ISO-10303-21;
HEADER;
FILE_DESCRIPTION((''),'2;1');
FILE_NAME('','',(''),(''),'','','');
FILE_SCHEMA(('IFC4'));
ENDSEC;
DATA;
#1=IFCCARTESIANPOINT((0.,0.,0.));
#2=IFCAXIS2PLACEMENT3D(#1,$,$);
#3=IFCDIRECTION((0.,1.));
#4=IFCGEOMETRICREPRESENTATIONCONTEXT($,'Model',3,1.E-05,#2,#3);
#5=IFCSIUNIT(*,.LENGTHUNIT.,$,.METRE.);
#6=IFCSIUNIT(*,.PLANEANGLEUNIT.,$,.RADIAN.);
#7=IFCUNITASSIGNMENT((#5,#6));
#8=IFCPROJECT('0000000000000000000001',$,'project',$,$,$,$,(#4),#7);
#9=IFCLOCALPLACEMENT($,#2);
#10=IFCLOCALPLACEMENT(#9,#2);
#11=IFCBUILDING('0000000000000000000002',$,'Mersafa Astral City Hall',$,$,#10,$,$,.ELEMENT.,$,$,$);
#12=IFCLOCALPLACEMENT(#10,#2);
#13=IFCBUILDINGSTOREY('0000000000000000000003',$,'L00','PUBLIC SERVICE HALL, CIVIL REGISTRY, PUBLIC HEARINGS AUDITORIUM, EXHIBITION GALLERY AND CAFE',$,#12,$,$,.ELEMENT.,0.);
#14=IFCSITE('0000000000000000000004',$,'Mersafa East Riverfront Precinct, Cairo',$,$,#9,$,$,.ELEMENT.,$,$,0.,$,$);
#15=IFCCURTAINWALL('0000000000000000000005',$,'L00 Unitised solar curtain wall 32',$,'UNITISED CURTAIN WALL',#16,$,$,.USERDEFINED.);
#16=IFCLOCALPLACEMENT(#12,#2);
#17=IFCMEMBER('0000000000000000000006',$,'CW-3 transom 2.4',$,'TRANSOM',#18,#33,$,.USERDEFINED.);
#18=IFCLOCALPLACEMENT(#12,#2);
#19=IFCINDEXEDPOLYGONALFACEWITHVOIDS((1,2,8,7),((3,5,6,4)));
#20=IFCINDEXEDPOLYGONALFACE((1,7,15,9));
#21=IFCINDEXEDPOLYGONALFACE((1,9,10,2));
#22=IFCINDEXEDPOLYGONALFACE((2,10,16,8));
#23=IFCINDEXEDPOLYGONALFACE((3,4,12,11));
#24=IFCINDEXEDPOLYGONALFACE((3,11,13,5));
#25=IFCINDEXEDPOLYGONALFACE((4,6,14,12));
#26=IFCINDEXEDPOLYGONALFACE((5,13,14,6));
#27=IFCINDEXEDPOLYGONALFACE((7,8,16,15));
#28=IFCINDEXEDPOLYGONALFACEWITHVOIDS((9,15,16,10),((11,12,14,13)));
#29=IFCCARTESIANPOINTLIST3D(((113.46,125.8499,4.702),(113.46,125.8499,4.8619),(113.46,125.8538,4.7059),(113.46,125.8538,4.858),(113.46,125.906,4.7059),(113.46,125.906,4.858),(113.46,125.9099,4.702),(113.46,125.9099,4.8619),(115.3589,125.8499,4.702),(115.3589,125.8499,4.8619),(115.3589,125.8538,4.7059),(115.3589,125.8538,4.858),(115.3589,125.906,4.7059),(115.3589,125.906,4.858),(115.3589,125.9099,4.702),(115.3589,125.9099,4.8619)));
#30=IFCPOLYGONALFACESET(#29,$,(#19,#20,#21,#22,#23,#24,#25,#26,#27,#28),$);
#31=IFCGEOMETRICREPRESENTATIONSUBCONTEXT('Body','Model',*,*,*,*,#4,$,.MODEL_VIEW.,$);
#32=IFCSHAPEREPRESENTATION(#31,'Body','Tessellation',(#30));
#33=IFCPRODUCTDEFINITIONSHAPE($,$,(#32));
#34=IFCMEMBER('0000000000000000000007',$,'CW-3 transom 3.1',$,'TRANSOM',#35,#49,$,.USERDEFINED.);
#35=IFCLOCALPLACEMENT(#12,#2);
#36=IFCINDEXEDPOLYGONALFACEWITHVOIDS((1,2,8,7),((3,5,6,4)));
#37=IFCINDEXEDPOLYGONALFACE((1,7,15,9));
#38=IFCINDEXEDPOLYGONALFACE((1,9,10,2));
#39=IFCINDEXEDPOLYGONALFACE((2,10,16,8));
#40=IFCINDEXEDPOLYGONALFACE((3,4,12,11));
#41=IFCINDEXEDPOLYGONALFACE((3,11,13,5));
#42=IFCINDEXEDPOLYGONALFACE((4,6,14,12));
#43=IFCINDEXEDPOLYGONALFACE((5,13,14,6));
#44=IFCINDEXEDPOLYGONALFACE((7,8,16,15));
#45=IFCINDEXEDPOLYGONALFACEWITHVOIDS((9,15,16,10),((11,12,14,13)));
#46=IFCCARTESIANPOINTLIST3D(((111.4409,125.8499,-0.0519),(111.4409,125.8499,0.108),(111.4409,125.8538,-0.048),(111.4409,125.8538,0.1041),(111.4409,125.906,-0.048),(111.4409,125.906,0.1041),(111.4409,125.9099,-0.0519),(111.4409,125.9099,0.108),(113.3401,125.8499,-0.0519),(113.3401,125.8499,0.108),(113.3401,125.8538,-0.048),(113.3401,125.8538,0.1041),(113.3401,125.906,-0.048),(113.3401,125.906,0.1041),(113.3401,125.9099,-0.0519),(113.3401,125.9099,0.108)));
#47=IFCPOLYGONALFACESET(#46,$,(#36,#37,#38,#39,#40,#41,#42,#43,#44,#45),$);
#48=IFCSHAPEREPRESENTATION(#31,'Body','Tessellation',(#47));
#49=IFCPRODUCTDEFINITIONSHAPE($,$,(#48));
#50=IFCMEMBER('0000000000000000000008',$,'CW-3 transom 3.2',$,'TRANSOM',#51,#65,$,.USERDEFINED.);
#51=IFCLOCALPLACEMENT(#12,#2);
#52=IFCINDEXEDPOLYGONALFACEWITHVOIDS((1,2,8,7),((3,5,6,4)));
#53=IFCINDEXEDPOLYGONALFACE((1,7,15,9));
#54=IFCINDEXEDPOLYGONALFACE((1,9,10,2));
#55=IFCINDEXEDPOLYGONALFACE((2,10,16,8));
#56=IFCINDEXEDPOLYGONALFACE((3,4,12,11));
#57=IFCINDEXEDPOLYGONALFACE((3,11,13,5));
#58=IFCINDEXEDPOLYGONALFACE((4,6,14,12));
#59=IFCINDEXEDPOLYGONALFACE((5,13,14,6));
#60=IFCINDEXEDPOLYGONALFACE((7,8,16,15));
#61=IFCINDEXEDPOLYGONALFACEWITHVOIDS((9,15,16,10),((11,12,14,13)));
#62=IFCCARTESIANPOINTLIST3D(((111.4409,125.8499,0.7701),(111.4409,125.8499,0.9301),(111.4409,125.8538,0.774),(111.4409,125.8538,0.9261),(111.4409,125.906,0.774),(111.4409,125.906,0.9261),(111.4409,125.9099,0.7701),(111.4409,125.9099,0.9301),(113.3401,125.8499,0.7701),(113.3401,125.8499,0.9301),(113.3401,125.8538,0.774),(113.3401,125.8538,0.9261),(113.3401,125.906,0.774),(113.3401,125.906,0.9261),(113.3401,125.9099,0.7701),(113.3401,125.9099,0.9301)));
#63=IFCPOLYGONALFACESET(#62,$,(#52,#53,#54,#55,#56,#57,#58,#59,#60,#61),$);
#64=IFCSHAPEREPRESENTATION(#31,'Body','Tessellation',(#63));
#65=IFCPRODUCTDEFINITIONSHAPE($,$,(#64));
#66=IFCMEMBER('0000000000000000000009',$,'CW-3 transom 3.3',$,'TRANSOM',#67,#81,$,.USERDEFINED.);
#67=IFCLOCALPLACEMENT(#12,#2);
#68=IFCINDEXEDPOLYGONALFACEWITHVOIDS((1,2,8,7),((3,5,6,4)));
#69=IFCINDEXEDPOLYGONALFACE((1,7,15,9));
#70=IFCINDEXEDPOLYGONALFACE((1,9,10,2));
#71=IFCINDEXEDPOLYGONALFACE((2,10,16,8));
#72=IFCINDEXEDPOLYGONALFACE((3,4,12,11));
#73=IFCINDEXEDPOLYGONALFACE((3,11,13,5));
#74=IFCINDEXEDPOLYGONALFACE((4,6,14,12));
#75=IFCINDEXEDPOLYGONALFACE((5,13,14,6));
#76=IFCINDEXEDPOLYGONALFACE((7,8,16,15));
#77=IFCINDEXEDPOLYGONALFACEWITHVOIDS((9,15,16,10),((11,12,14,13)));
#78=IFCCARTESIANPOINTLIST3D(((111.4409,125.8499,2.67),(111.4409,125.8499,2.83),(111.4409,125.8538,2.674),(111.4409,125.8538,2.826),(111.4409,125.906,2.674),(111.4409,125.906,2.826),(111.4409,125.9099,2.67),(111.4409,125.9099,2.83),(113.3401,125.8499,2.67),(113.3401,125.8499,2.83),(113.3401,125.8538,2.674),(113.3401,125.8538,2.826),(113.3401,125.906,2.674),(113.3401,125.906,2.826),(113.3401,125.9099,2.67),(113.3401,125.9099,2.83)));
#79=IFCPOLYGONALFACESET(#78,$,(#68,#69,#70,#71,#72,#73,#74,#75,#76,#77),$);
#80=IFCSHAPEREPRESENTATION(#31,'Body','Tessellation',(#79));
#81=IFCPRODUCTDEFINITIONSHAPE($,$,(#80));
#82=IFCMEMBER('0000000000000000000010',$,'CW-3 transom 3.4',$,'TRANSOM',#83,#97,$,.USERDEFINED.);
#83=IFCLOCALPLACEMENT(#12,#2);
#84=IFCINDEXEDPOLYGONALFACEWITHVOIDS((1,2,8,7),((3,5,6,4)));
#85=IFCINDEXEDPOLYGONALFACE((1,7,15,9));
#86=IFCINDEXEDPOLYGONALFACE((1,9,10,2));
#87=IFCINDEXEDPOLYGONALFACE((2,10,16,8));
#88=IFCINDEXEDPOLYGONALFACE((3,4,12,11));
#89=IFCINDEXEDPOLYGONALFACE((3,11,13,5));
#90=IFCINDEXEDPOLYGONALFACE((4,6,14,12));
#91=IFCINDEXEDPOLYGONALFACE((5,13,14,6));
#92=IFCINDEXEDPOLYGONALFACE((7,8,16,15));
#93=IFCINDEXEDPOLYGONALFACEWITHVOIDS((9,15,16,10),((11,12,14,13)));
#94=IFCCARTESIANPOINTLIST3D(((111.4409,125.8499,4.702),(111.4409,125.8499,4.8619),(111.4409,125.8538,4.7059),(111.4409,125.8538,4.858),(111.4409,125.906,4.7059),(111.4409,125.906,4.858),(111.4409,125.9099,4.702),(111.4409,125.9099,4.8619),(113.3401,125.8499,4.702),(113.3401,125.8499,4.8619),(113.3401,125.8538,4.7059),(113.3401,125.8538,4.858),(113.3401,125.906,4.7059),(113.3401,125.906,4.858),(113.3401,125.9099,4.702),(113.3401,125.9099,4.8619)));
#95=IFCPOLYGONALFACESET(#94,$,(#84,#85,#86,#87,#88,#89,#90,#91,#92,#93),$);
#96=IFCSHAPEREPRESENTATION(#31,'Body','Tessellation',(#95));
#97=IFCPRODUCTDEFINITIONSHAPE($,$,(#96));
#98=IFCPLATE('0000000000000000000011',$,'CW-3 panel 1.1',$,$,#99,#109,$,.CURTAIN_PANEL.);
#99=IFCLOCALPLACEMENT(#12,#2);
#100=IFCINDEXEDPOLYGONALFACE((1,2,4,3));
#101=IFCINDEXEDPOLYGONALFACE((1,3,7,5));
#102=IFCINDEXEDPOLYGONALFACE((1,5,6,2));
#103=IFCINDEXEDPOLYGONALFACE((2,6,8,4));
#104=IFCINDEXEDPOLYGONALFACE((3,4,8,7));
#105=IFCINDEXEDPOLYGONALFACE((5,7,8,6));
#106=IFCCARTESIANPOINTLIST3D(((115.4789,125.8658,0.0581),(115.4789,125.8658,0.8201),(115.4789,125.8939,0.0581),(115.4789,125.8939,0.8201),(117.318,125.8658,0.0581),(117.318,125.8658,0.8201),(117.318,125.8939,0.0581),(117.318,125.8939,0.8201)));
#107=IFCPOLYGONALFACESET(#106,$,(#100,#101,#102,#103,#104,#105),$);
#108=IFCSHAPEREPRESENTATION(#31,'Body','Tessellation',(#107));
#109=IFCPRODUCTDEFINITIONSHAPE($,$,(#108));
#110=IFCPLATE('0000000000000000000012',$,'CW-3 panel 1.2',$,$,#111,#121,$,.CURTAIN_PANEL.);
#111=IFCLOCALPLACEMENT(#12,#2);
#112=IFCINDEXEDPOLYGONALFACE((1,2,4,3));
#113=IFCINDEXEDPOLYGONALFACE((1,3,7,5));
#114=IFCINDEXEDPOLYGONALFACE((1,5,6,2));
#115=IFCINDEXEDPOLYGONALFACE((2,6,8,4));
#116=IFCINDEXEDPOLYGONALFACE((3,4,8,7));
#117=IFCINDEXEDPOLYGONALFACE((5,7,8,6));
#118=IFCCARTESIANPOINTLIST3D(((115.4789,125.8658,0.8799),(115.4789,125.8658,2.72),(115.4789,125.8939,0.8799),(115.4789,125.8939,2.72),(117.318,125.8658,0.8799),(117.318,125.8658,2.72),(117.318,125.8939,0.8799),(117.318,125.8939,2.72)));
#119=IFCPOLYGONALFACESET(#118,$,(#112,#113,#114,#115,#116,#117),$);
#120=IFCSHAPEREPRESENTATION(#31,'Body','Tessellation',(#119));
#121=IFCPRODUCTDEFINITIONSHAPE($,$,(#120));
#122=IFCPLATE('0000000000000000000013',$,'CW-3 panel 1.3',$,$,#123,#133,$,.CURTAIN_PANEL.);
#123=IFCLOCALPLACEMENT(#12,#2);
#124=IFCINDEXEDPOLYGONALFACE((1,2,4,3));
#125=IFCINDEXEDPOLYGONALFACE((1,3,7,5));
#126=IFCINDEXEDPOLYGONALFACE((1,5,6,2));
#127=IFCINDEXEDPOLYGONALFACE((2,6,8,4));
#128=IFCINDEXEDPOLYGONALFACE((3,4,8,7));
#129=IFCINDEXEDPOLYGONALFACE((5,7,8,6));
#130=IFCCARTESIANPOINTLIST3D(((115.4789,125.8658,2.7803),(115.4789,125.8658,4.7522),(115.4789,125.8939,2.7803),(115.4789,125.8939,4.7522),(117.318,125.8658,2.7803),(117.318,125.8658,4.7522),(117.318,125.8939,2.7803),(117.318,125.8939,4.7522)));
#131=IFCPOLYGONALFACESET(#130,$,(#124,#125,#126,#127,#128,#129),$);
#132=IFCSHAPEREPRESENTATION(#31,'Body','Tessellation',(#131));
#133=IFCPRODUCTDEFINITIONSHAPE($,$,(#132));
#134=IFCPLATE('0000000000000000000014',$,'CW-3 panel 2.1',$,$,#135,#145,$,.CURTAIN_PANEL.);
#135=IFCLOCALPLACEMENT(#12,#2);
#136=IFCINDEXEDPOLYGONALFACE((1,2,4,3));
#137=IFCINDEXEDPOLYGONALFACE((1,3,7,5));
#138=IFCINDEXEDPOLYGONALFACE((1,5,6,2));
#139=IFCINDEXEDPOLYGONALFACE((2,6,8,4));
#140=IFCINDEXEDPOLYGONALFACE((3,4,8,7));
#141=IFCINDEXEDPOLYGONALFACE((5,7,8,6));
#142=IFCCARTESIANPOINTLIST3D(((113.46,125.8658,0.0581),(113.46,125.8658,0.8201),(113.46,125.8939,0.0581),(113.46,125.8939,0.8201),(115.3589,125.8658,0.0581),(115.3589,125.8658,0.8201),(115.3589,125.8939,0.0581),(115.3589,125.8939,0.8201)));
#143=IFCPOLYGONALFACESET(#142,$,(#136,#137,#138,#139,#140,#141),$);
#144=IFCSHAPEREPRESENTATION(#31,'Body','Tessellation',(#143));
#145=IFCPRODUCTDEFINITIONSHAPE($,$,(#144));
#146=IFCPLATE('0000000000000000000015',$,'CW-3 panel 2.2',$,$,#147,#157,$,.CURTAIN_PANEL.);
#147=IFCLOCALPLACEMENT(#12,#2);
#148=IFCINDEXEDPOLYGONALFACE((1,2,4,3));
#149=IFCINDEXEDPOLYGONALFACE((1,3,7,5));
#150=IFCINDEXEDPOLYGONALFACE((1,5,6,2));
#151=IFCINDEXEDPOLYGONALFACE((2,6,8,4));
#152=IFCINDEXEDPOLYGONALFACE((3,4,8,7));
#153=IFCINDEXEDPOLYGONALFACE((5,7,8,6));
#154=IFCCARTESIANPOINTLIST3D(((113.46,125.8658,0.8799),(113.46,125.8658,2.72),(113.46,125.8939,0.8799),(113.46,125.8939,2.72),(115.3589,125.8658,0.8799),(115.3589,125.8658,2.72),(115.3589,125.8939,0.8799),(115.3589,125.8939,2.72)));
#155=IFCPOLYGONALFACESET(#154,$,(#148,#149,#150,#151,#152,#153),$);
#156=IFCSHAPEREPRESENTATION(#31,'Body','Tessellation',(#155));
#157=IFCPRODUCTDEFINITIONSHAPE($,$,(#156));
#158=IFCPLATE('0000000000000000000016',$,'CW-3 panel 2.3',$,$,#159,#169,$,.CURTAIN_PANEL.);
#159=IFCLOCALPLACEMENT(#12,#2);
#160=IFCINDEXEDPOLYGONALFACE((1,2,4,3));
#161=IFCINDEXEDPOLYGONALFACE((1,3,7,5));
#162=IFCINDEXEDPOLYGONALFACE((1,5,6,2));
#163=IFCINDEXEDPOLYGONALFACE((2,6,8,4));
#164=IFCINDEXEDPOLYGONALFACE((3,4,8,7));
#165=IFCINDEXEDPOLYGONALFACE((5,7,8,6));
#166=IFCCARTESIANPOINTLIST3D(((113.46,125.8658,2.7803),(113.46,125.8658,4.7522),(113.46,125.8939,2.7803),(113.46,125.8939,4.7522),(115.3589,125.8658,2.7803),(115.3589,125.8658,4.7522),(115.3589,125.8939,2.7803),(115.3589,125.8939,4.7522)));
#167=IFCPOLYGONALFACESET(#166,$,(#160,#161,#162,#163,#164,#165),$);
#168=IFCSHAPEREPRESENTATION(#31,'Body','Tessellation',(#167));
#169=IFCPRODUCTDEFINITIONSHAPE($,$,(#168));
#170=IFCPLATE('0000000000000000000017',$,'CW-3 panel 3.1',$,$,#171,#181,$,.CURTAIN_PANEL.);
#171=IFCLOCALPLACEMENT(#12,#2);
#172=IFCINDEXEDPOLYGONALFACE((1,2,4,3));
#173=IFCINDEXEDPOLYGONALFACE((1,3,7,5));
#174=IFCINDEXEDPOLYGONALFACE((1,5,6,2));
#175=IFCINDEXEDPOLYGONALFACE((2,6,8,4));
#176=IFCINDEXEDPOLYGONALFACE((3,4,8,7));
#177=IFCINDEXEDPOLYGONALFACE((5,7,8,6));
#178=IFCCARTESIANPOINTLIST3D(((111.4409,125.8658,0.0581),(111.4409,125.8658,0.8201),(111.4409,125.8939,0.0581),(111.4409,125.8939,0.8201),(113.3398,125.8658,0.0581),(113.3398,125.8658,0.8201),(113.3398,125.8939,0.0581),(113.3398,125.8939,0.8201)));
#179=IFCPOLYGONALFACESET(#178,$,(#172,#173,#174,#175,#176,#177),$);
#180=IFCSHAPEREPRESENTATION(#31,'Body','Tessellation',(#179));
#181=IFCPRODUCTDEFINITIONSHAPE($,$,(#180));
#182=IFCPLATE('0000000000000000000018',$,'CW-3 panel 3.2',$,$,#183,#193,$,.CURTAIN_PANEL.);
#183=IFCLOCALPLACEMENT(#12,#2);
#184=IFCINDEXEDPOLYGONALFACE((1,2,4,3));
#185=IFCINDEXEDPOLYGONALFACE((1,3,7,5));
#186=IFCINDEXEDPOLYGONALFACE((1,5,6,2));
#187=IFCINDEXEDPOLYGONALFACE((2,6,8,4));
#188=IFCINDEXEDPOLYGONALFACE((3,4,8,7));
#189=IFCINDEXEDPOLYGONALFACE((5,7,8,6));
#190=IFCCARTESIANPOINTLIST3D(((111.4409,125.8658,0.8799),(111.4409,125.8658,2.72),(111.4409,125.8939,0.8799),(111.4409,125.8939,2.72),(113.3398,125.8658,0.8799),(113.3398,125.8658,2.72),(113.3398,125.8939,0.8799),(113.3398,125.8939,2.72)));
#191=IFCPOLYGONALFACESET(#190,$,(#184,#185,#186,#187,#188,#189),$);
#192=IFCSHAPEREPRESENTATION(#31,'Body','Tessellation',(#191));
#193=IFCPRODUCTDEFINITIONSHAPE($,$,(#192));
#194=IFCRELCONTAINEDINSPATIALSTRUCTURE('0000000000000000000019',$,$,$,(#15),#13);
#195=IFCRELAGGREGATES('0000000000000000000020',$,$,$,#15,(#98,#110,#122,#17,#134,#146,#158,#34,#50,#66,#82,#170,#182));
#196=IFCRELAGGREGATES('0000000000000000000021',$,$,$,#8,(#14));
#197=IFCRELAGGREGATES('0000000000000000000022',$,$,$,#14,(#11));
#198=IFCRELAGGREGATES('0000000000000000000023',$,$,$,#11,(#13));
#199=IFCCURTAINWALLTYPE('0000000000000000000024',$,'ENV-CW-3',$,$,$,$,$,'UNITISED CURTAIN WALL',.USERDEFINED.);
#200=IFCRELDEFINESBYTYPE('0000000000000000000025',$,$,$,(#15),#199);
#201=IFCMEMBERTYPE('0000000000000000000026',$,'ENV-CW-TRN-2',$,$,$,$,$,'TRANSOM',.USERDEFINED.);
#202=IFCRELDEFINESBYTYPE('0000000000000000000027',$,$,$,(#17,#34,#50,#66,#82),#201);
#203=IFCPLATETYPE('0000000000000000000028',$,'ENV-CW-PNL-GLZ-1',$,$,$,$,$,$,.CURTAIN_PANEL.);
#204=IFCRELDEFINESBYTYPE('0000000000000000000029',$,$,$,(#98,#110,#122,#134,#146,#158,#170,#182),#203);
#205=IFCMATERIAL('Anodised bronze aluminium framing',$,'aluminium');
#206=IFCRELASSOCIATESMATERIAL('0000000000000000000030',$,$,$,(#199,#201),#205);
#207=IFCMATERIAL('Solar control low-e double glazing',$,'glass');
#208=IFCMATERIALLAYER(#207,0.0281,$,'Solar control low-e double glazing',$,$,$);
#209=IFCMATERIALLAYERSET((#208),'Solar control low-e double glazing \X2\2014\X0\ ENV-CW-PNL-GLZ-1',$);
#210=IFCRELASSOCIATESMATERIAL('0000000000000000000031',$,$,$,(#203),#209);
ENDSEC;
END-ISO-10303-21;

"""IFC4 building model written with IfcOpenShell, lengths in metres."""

from ifc_helpers import new_model, si_unit, direction, frame, origin, origin_2d, place, context, subcontext, project, spatial, rectangle, hollow_rectangle, extrude, material, layer, layer_set, material_profile, profile_set, type_object, element, aggregate, save


model = new_model("IFC4")

# Units and contexts
model_context = context("Model", 3, precision=1e-05, world=origin(), true_north=direction((0.0, 1.0)))
body_context = subcontext(model_context, "Body", "Model", "MODEL_VIEW")
ifc_project = project(units=[si_unit("LENGTHUNIT", "METRE"), si_unit("PLANEANGLEUNIT", "RADIAN")], contexts=[model_context])

# Site, building, storey
site_placement = place(None, origin())
site = spatial("IfcSite", under=ifc_project, at=site_placement, Name="Mersafa East Riverfront Precinct, Cairo", CompositionType="ELEMENT", RefElevation=0.0)
building_placement = place(site_placement, origin())
building = spatial("IfcBuilding", under=site, at=building_placement, Name="Mersafa Astral City Hall", CompositionType="ELEMENT")
storey_placement = place(building_placement, origin())
storey = spatial("IfcBuildingStorey", under=building, at=storey_placement, Name="L00", Description="PUBLIC SERVICE HALL, CIVIL REGISTRY, PUBLIC HEARINGS AUDITORIUM, EXHIBITION GALLERY AND CAFE", CompositionType="ELEMENT", Elevation=0.0)

# Curtain wall, members, plates
ifc_material_1 = material(Name="Anodised bronze aluminium framing", Category="aluminium")
curtain_wall_type = type_object("IfcCurtainWallType", Name="ENV-CW-3", ElementType="UNITISED CURTAIN WALL", PredefinedType="USERDEFINED", material=ifc_material_1)
curtain_wall_placement = place(storey_placement, origin())
curtain_wall = element("IfcCurtainWall", 1, at=curtain_wall_placement, inside=storey, type_object=curtain_wall_type, Name="L00 Unitised solar curtain wall 32", ObjectType="UNITISED CURTAIN WALL", PredefinedType="USERDEFINED")
ifc_material_profile_1 = material_profile(ifc_material_1, hollow_rectangle(XDim=0.0601, YDim=0.1599, WallThickness=0.0039, at=origin_2d()), Name="RHS 60x160x4")
ifc_profile_set_1 = profile_set([ifc_material_profile_1], Name="Anodised bronze aluminium framing")
member_type_1 = type_object("IfcMemberType", Name="ENV-CW-TRN-2", ElementType="TRANSOM", PredefinedType="USERDEFINED", material=ifc_profile_set_1)
member_1_placement = place(storey_placement, frame((115.3589, 125.8799, 4.782), z_axis=(-1.0, 0.0, 0.0), x_axis=(0.0, -1.0, 0.0)))
member_1 = element("IfcMember", 2, at=member_1_placement, type_object=member_type_1, Name="CW-3 transom 2.4", ObjectType="TRANSOM", PredefinedType="USERDEFINED", context=body_context, shape_type="SweptSolid", body=[
    extrude(hollow_rectangle(XDim=0.0601, YDim=0.1599, WallThickness=0.0039, at=origin_2d()), origin(), (0.0, 0.0, 1.0), 1.8989),
])
member_2_placement = place(storey_placement, frame((113.3401, 125.8799, 0.0281), z_axis=(-1.0, 0.0, 0.0), x_axis=(0.0, -1.0, 0.0)))
member_2 = element("IfcMember", 3, at=member_2_placement, type_object=member_type_1, Name="CW-3 transom 3.1", ObjectType="TRANSOM", PredefinedType="USERDEFINED", context=body_context, shape_type="SweptSolid", body=[
    extrude(hollow_rectangle(XDim=0.0601, YDim=0.1599, WallThickness=0.0039, at=origin_2d()), origin(), (0.0, 0.0, 1.0), 1.8992),
])
member_3_placement = place(storey_placement, frame((113.3401, 125.8799, 0.8501), z_axis=(-1.0, 0.0, 0.0), x_axis=(0.0, -1.0, 0.0)))
member_3 = element("IfcMember", 4, at=member_3_placement, type_object=member_type_1, Name="CW-3 transom 3.2", ObjectType="TRANSOM", PredefinedType="USERDEFINED", context=body_context, shape_type="SweptSolid", body=[
    extrude(hollow_rectangle(XDim=0.0601, YDim=0.1599, WallThickness=0.0039, at=origin_2d()), origin(), (0.0, 0.0, 1.0), 1.8992),
])
member_4_placement = place(storey_placement, frame((113.3401, 125.8799, 2.75), z_axis=(-1.0, 0.0, 0.0), x_axis=(0.0, -1.0, 0.0)))
member_4 = element("IfcMember", 5, at=member_4_placement, type_object=member_type_1, Name="CW-3 transom 3.3", ObjectType="TRANSOM", PredefinedType="USERDEFINED", context=body_context, shape_type="SweptSolid", body=[
    extrude(hollow_rectangle(XDim=0.0601, YDim=0.1599, WallThickness=0.0039, at=origin_2d()), origin(), (0.0, 0.0, 1.0), 1.8992),
])
member_5_placement = place(storey_placement, frame((113.3401, 125.8799, 4.782), z_axis=(-1.0, 0.0, 0.0), x_axis=(0.0, -1.0, 0.0)))
member_5 = element("IfcMember", 6, at=member_5_placement, type_object=member_type_1, Name="CW-3 transom 3.4", ObjectType="TRANSOM", PredefinedType="USERDEFINED", context=body_context, shape_type="SweptSolid", body=[
    extrude(hollow_rectangle(XDim=0.0601, YDim=0.1599, WallThickness=0.0039, at=origin_2d()), origin(), (0.0, 0.0, 1.0), 1.8992),
])
ifc_material_2 = material(Name="Solar control low-e double glazing", Category="glass")
ifc_layer = layer(ifc_material_2, 0.0281, Name="Solar control low-e double glazing")
ifc_layer_set = layer_set([ifc_layer], Name="Solar control low-e double glazing — ENV-CW-PNL-GLZ-1")
plate_type = type_object("IfcPlateType", Name="ENV-CW-PNL-GLZ-1", PredefinedType="CURTAIN_PANEL", material=ifc_layer_set)
plate_1_placement = place(storey_placement, frame((116.3984, 125.8799, 0.0581), z_axis=(0.0, 0.0, 1.0), x_axis=(-1.0, 0.0, 0.0)))
plate_1 = element("IfcPlate", 7, at=plate_1_placement, type_object=plate_type, Name="CW-3 panel 1.1", PredefinedType="CURTAIN_PANEL", context=body_context, shape_type="SweptSolid", body=[
    extrude(rectangle(XDim=1.8391, YDim=0.0281, at=origin_2d()), origin(), (0.0, 0.0, 1.0), 0.762),
])
plate_2_placement = place(storey_placement, frame((116.3984, 125.8799, 0.8799), z_axis=(0.0, 0.0, 1.0), x_axis=(-1.0, 0.0, 0.0)))
plate_2 = element("IfcPlate", 8, at=plate_2_placement, type_object=plate_type, Name="CW-3 panel 1.2", PredefinedType="CURTAIN_PANEL", context=body_context, shape_type="SweptSolid", body=[
    extrude(rectangle(XDim=1.8391, YDim=0.0281, at=origin_2d()), origin(), (0.0, 0.0, 1.0), 1.8401),
])
plate_3_placement = place(storey_placement, frame((116.3984, 125.8799, 2.7803), z_axis=(0.0, 0.0, 1.0), x_axis=(-1.0, 0.0, 0.0)))
plate_3 = element("IfcPlate", 9, at=plate_3_placement, type_object=plate_type, Name="CW-3 panel 1.3", PredefinedType="CURTAIN_PANEL", context=body_context, shape_type="SweptSolid", body=[
    extrude(rectangle(XDim=1.8391, YDim=0.0281, at=origin_2d()), origin(), (0.0, 0.0, 1.0), 1.9719),
])
plate_4_placement = place(storey_placement, frame((114.4094, 125.8799, 0.0581), z_axis=(0.0, 0.0, 1.0), x_axis=(-1.0, 0.0, 0.0)))
plate_4 = element("IfcPlate", 10, at=plate_4_placement, type_object=plate_type, Name="CW-3 panel 2.1", PredefinedType="CURTAIN_PANEL", context=body_context, shape_type="SweptSolid", body=[
    extrude(rectangle(XDim=1.8989, YDim=0.0281, at=origin_2d()), origin(), (0.0, 0.0, 1.0), 0.762),
])
plate_5_placement = place(storey_placement, frame((114.4094, 125.8799, 0.8799), z_axis=(0.0, 0.0, 1.0), x_axis=(-1.0, 0.0, 0.0)))
plate_5 = element("IfcPlate", 11, at=plate_5_placement, type_object=plate_type, Name="CW-3 panel 2.2", PredefinedType="CURTAIN_PANEL", context=body_context, shape_type="SweptSolid", body=[
    extrude(rectangle(XDim=1.8989, YDim=0.0281, at=origin_2d()), origin(), (0.0, 0.0, 1.0), 1.8401),
])
plate_6_placement = place(storey_placement, frame((114.4094, 125.8799, 2.7803), z_axis=(0.0, 0.0, 1.0), x_axis=(-1.0, 0.0, 0.0)))
plate_6 = element("IfcPlate", 12, at=plate_6_placement, type_object=plate_type, Name="CW-3 panel 2.3", PredefinedType="CURTAIN_PANEL", context=body_context, shape_type="SweptSolid", body=[
    extrude(rectangle(XDim=1.8989, YDim=0.0281, at=origin_2d()), origin(), (0.0, 0.0, 1.0), 1.9719),
])
plate_7_placement = place(storey_placement, frame((112.3904, 125.8799, 0.0581), z_axis=(0.0, 0.0, 1.0), x_axis=(-1.0, 0.0, 0.0)))
plate_7 = element("IfcPlate", 13, at=plate_7_placement, type_object=plate_type, Name="CW-3 panel 3.1", PredefinedType="CURTAIN_PANEL", context=body_context, shape_type="SweptSolid", body=[
    extrude(rectangle(XDim=1.8989, YDim=0.0281, at=origin_2d()), origin(), (0.0, 0.0, 1.0), 0.762),
])
plate_8_placement = place(storey_placement, frame((112.3904, 125.8799, 0.8799), z_axis=(0.0, 0.0, 1.0), x_axis=(-1.0, 0.0, 0.0)))
plate_8 = element("IfcPlate", 14, at=plate_8_placement, type_object=plate_type, Name="CW-3 panel 3.2", PredefinedType="CURTAIN_PANEL", context=body_context, shape_type="SweptSolid", body=[
    extrude(rectangle(XDim=1.8989, YDim=0.0281, at=origin_2d()), origin(), (0.0, 0.0, 1.0), 1.8401),
])
aggregate(curtain_wall, [plate_1, plate_2, plate_3, member_1, plate_4, plate_5, plate_6, member_2, member_3, member_4, member_5, plate_7, plate_8])

save(model, "model.ifc")
